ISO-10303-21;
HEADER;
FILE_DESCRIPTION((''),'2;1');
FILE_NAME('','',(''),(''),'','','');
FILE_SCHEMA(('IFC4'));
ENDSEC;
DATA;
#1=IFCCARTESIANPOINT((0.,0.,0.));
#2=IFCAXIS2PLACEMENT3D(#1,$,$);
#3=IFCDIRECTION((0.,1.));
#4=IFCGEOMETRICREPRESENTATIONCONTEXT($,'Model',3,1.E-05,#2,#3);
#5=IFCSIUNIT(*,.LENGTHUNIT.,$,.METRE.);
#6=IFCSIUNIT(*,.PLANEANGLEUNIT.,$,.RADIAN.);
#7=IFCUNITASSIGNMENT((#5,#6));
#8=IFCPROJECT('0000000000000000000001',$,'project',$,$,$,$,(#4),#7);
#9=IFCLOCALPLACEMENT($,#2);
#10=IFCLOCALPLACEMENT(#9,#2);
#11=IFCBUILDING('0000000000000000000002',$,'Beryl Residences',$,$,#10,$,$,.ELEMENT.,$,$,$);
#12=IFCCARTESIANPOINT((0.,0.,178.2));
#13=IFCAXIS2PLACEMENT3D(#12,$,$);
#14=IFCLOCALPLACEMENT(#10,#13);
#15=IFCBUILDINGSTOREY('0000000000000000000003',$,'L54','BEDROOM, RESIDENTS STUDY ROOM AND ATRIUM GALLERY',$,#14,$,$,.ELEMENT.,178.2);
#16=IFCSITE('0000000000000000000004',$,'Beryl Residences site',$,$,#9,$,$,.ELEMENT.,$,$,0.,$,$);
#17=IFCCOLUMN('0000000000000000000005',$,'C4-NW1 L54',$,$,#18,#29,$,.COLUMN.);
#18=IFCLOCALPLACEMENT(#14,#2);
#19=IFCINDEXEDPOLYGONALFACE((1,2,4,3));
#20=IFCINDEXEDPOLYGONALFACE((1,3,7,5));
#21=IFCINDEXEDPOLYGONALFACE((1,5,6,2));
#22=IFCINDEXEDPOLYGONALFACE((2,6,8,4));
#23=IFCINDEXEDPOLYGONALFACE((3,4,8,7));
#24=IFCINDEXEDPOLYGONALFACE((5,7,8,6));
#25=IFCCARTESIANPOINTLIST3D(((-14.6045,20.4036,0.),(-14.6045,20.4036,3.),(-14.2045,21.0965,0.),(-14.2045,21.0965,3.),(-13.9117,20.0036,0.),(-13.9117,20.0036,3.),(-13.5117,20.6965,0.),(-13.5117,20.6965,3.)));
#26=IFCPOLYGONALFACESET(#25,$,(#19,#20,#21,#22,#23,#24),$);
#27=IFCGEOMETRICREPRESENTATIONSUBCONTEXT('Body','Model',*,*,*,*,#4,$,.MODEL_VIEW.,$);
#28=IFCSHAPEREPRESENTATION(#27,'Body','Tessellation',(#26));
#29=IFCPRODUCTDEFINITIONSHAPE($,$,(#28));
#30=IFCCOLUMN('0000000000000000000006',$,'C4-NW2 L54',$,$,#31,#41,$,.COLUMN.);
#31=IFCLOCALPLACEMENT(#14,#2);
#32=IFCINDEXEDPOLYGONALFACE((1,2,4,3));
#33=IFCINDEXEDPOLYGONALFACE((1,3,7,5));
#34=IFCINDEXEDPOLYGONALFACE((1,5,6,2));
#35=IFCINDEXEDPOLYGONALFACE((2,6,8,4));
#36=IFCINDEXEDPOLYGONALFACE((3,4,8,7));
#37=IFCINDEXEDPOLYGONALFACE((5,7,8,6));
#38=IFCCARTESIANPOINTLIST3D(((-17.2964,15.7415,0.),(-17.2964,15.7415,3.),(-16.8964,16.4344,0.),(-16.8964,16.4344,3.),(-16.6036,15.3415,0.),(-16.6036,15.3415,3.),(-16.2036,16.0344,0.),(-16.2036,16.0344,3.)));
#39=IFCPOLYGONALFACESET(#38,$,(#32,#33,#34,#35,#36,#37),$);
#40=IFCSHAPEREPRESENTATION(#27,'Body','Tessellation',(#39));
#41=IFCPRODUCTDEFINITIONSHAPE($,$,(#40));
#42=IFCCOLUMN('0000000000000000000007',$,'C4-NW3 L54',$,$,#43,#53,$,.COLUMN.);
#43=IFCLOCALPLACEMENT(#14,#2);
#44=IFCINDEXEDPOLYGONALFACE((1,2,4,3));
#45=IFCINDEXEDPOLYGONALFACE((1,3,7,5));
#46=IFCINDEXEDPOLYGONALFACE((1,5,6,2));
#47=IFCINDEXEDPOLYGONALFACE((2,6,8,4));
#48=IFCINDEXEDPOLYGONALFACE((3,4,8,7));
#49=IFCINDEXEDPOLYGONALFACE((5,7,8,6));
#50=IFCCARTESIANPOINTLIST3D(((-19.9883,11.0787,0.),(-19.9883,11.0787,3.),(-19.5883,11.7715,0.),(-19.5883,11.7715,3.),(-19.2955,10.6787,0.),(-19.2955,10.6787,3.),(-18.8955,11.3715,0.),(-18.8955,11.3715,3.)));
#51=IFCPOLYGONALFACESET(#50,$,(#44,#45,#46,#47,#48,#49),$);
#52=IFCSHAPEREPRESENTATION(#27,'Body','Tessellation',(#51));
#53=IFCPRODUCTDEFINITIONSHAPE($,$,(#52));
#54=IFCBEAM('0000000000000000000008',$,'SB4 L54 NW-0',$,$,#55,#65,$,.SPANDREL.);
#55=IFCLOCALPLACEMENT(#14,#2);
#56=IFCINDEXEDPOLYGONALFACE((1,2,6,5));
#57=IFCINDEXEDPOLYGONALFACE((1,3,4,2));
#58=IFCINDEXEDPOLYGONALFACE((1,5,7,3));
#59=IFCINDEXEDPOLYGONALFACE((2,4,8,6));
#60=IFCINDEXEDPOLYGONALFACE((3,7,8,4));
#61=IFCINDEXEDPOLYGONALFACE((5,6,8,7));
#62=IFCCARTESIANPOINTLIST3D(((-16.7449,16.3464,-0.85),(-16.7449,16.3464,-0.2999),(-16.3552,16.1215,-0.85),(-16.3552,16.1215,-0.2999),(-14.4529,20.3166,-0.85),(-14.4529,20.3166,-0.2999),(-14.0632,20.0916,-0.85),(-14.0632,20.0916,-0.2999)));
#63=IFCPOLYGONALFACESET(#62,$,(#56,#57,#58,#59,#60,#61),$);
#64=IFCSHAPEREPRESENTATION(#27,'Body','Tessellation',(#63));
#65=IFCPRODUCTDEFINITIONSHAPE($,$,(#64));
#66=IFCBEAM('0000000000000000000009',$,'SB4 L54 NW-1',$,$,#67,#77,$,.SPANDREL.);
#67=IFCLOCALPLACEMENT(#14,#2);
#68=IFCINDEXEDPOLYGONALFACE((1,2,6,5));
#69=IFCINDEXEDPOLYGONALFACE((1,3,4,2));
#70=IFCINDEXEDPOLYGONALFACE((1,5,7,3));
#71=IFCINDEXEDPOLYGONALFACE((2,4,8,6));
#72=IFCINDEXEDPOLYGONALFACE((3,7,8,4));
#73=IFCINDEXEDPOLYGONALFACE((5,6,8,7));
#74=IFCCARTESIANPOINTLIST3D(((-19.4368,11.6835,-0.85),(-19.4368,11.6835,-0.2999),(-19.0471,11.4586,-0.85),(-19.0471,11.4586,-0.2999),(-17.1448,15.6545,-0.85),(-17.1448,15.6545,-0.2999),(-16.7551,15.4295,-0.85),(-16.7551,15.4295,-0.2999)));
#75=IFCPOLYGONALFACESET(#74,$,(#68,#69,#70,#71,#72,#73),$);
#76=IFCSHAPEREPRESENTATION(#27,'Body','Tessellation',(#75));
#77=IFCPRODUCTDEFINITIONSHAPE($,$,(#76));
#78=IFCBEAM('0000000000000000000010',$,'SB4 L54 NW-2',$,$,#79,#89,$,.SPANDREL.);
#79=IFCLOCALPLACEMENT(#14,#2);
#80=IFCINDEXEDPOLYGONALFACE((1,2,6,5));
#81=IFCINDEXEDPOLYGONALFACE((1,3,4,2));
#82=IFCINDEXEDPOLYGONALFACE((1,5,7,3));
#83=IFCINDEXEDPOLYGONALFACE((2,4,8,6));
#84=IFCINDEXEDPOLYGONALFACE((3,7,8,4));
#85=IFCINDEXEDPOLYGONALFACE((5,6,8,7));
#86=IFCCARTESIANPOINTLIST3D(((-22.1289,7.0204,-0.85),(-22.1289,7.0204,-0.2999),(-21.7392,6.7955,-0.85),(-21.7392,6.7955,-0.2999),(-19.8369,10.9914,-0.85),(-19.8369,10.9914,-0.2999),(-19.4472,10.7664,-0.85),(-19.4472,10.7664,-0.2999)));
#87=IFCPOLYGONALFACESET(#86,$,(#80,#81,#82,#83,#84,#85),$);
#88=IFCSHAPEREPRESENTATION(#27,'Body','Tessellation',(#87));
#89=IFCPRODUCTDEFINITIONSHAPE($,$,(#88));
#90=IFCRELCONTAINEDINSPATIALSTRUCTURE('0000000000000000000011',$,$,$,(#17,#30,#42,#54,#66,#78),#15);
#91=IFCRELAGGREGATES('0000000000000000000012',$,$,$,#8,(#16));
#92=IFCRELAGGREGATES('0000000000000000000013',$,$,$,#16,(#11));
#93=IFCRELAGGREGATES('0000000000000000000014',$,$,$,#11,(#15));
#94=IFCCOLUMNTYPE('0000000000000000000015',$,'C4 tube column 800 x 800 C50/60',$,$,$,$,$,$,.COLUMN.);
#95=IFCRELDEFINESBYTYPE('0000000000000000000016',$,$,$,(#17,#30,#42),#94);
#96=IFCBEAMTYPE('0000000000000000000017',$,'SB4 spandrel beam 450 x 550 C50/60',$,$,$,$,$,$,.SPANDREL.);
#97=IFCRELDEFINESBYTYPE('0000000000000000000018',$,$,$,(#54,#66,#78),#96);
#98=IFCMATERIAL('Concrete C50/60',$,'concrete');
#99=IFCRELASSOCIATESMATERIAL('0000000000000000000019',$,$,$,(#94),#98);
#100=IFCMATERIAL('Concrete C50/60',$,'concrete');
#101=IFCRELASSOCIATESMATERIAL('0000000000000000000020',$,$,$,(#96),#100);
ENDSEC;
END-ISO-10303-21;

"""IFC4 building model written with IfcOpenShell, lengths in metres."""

from ifc_helpers import new_model, si_unit, direction, frame, origin, origin_2d, place, context, subcontext, project, spatial, rectangle, extrude, material, material_profile, profile_set, type_object, element, save


model = new_model("IFC4")

# Units and contexts
model_context = context("Model", 3, precision=1e-05, world=origin(), true_north=direction((0.0, 1.0)))
body_context = subcontext(model_context, "Body", "Model", "MODEL_VIEW")
ifc_project = project(units=[si_unit("LENGTHUNIT", "METRE"), si_unit("PLANEANGLEUNIT", "RADIAN")], contexts=[model_context])

# Site, building, storey
site_placement = place(None, origin())
site = spatial("IfcSite", under=ifc_project, at=site_placement, Name="Beryl Residences site", CompositionType="ELEMENT", RefElevation=0.0)
building_placement = place(site_placement, origin())
building = spatial("IfcBuilding", under=site, at=building_placement, Name="Beryl Residences", CompositionType="ELEMENT")
storey_placement = place(building_placement, frame((0.0, 0.0, 178.2)))
storey = spatial("IfcBuildingStorey", under=building, at=storey_placement, Name="L54", Description="BEDROOM, RESIDENTS STUDY ROOM AND ATRIUM GALLERY", CompositionType="ELEMENT", Elevation=178.2)

# Columns
ifc_material_1 = material(Name="Concrete C50/60", Category="concrete")
ifc_material_profile_1 = material_profile(ifc_material_1, rectangle(XDim=0.8, YDim=0.8, at=origin_2d()))
ifc_profile_set_1 = profile_set([ifc_material_profile_1], Name="Concrete C50/60")
column_type = type_object("IfcColumnType", Name="C4 tube column 800 x 800 C50/60", PredefinedType="COLUMN", material=ifc_profile_set_1)
for number, where, z_axis, x_axis, name in (
    (1, (-14.0581, 20.55, 0.0), (0.0, 0.0, 1.0), (-0.5, -0.866025, 0.0), "C4-NW1 L54"),
    (2, (-16.75, 15.8879, 0.0), (0.0, 0.0, 1.0), (-0.5, -0.866025, 0.0), "C4-NW2 L54"),
    (3, (-19.4419, 11.2251, 0.0), (0.0, 0.0, 1.0), (-0.5, -0.866025, 0.0), "C4-NW3 L54"),
):
    element("IfcColumn", number, at=place(storey_placement, frame(where, z_axis=z_axis, x_axis=x_axis)), inside=storey, type_object=column_type, Name=name, PredefinedType="COLUMN", context=body_context, shape_type="SweptSolid", body=[
        extrude(rectangle(XDim=0.8, YDim=0.8, at=origin_2d()), origin(), (0.0, 0.0, 1.0), 3.0),
    ])

# Beams
ifc_material_2 = material(Name="Concrete C50/60", Category="concrete")
ifc_material_profile_2 = material_profile(ifc_material_2, rectangle(XDim=0.45, YDim=0.55, at=origin_2d()))
ifc_profile_set_2 = profile_set([ifc_material_profile_2], Name="Concrete C50/60")
beam_type = type_object("IfcBeamType", Name="SB4 spandrel beam 450 x 550 C50/60", PredefinedType="SPANDREL", material=ifc_profile_set_2)
beam_placement = place(storey_placement, frame((-14.2581, 20.2041, -0.575), z_axis=(-0.499965, -0.866045, 0.0), x_axis=(0.866045, -0.499965, 0.0)))
element("IfcBeam", 4, at=beam_placement, inside=storey, type_object=beam_type, Name="SB4 L54 NW-0", PredefinedType="SPANDREL", context=body_context, shape_type="SweptSolid", body=[
    extrude(rectangle(XDim=0.45, YDim=0.55, at=origin_2d()), origin(), (0.0, 0.0, 1.0), 4.5842),
])
for number, where, z_axis, x_axis, name in (
    (5, (-16.95, 15.542, -0.575), (-0.499896, -0.866085, 0.0), (0.866085, -0.499896, 0.0), "SB4 L54 NW-1"),
    (6, (-19.6421, 10.8789, -0.575), (-0.499896, -0.866085, 0.0), (0.866085, -0.499896, 0.0), "SB4 L54 NW-2"),
):
    element("IfcBeam", number, at=place(storey_placement, frame(where, z_axis=z_axis, x_axis=x_axis)), inside=storey, type_object=beam_type, Name=name, PredefinedType="SPANDREL", context=body_context, shape_type="SweptSolid", body=[
        extrude(rectangle(XDim=0.45, YDim=0.55, at=origin_2d()), origin(), (0.0, 0.0, 1.0), 4.585),
    ])

save(model, "model.ifc")
